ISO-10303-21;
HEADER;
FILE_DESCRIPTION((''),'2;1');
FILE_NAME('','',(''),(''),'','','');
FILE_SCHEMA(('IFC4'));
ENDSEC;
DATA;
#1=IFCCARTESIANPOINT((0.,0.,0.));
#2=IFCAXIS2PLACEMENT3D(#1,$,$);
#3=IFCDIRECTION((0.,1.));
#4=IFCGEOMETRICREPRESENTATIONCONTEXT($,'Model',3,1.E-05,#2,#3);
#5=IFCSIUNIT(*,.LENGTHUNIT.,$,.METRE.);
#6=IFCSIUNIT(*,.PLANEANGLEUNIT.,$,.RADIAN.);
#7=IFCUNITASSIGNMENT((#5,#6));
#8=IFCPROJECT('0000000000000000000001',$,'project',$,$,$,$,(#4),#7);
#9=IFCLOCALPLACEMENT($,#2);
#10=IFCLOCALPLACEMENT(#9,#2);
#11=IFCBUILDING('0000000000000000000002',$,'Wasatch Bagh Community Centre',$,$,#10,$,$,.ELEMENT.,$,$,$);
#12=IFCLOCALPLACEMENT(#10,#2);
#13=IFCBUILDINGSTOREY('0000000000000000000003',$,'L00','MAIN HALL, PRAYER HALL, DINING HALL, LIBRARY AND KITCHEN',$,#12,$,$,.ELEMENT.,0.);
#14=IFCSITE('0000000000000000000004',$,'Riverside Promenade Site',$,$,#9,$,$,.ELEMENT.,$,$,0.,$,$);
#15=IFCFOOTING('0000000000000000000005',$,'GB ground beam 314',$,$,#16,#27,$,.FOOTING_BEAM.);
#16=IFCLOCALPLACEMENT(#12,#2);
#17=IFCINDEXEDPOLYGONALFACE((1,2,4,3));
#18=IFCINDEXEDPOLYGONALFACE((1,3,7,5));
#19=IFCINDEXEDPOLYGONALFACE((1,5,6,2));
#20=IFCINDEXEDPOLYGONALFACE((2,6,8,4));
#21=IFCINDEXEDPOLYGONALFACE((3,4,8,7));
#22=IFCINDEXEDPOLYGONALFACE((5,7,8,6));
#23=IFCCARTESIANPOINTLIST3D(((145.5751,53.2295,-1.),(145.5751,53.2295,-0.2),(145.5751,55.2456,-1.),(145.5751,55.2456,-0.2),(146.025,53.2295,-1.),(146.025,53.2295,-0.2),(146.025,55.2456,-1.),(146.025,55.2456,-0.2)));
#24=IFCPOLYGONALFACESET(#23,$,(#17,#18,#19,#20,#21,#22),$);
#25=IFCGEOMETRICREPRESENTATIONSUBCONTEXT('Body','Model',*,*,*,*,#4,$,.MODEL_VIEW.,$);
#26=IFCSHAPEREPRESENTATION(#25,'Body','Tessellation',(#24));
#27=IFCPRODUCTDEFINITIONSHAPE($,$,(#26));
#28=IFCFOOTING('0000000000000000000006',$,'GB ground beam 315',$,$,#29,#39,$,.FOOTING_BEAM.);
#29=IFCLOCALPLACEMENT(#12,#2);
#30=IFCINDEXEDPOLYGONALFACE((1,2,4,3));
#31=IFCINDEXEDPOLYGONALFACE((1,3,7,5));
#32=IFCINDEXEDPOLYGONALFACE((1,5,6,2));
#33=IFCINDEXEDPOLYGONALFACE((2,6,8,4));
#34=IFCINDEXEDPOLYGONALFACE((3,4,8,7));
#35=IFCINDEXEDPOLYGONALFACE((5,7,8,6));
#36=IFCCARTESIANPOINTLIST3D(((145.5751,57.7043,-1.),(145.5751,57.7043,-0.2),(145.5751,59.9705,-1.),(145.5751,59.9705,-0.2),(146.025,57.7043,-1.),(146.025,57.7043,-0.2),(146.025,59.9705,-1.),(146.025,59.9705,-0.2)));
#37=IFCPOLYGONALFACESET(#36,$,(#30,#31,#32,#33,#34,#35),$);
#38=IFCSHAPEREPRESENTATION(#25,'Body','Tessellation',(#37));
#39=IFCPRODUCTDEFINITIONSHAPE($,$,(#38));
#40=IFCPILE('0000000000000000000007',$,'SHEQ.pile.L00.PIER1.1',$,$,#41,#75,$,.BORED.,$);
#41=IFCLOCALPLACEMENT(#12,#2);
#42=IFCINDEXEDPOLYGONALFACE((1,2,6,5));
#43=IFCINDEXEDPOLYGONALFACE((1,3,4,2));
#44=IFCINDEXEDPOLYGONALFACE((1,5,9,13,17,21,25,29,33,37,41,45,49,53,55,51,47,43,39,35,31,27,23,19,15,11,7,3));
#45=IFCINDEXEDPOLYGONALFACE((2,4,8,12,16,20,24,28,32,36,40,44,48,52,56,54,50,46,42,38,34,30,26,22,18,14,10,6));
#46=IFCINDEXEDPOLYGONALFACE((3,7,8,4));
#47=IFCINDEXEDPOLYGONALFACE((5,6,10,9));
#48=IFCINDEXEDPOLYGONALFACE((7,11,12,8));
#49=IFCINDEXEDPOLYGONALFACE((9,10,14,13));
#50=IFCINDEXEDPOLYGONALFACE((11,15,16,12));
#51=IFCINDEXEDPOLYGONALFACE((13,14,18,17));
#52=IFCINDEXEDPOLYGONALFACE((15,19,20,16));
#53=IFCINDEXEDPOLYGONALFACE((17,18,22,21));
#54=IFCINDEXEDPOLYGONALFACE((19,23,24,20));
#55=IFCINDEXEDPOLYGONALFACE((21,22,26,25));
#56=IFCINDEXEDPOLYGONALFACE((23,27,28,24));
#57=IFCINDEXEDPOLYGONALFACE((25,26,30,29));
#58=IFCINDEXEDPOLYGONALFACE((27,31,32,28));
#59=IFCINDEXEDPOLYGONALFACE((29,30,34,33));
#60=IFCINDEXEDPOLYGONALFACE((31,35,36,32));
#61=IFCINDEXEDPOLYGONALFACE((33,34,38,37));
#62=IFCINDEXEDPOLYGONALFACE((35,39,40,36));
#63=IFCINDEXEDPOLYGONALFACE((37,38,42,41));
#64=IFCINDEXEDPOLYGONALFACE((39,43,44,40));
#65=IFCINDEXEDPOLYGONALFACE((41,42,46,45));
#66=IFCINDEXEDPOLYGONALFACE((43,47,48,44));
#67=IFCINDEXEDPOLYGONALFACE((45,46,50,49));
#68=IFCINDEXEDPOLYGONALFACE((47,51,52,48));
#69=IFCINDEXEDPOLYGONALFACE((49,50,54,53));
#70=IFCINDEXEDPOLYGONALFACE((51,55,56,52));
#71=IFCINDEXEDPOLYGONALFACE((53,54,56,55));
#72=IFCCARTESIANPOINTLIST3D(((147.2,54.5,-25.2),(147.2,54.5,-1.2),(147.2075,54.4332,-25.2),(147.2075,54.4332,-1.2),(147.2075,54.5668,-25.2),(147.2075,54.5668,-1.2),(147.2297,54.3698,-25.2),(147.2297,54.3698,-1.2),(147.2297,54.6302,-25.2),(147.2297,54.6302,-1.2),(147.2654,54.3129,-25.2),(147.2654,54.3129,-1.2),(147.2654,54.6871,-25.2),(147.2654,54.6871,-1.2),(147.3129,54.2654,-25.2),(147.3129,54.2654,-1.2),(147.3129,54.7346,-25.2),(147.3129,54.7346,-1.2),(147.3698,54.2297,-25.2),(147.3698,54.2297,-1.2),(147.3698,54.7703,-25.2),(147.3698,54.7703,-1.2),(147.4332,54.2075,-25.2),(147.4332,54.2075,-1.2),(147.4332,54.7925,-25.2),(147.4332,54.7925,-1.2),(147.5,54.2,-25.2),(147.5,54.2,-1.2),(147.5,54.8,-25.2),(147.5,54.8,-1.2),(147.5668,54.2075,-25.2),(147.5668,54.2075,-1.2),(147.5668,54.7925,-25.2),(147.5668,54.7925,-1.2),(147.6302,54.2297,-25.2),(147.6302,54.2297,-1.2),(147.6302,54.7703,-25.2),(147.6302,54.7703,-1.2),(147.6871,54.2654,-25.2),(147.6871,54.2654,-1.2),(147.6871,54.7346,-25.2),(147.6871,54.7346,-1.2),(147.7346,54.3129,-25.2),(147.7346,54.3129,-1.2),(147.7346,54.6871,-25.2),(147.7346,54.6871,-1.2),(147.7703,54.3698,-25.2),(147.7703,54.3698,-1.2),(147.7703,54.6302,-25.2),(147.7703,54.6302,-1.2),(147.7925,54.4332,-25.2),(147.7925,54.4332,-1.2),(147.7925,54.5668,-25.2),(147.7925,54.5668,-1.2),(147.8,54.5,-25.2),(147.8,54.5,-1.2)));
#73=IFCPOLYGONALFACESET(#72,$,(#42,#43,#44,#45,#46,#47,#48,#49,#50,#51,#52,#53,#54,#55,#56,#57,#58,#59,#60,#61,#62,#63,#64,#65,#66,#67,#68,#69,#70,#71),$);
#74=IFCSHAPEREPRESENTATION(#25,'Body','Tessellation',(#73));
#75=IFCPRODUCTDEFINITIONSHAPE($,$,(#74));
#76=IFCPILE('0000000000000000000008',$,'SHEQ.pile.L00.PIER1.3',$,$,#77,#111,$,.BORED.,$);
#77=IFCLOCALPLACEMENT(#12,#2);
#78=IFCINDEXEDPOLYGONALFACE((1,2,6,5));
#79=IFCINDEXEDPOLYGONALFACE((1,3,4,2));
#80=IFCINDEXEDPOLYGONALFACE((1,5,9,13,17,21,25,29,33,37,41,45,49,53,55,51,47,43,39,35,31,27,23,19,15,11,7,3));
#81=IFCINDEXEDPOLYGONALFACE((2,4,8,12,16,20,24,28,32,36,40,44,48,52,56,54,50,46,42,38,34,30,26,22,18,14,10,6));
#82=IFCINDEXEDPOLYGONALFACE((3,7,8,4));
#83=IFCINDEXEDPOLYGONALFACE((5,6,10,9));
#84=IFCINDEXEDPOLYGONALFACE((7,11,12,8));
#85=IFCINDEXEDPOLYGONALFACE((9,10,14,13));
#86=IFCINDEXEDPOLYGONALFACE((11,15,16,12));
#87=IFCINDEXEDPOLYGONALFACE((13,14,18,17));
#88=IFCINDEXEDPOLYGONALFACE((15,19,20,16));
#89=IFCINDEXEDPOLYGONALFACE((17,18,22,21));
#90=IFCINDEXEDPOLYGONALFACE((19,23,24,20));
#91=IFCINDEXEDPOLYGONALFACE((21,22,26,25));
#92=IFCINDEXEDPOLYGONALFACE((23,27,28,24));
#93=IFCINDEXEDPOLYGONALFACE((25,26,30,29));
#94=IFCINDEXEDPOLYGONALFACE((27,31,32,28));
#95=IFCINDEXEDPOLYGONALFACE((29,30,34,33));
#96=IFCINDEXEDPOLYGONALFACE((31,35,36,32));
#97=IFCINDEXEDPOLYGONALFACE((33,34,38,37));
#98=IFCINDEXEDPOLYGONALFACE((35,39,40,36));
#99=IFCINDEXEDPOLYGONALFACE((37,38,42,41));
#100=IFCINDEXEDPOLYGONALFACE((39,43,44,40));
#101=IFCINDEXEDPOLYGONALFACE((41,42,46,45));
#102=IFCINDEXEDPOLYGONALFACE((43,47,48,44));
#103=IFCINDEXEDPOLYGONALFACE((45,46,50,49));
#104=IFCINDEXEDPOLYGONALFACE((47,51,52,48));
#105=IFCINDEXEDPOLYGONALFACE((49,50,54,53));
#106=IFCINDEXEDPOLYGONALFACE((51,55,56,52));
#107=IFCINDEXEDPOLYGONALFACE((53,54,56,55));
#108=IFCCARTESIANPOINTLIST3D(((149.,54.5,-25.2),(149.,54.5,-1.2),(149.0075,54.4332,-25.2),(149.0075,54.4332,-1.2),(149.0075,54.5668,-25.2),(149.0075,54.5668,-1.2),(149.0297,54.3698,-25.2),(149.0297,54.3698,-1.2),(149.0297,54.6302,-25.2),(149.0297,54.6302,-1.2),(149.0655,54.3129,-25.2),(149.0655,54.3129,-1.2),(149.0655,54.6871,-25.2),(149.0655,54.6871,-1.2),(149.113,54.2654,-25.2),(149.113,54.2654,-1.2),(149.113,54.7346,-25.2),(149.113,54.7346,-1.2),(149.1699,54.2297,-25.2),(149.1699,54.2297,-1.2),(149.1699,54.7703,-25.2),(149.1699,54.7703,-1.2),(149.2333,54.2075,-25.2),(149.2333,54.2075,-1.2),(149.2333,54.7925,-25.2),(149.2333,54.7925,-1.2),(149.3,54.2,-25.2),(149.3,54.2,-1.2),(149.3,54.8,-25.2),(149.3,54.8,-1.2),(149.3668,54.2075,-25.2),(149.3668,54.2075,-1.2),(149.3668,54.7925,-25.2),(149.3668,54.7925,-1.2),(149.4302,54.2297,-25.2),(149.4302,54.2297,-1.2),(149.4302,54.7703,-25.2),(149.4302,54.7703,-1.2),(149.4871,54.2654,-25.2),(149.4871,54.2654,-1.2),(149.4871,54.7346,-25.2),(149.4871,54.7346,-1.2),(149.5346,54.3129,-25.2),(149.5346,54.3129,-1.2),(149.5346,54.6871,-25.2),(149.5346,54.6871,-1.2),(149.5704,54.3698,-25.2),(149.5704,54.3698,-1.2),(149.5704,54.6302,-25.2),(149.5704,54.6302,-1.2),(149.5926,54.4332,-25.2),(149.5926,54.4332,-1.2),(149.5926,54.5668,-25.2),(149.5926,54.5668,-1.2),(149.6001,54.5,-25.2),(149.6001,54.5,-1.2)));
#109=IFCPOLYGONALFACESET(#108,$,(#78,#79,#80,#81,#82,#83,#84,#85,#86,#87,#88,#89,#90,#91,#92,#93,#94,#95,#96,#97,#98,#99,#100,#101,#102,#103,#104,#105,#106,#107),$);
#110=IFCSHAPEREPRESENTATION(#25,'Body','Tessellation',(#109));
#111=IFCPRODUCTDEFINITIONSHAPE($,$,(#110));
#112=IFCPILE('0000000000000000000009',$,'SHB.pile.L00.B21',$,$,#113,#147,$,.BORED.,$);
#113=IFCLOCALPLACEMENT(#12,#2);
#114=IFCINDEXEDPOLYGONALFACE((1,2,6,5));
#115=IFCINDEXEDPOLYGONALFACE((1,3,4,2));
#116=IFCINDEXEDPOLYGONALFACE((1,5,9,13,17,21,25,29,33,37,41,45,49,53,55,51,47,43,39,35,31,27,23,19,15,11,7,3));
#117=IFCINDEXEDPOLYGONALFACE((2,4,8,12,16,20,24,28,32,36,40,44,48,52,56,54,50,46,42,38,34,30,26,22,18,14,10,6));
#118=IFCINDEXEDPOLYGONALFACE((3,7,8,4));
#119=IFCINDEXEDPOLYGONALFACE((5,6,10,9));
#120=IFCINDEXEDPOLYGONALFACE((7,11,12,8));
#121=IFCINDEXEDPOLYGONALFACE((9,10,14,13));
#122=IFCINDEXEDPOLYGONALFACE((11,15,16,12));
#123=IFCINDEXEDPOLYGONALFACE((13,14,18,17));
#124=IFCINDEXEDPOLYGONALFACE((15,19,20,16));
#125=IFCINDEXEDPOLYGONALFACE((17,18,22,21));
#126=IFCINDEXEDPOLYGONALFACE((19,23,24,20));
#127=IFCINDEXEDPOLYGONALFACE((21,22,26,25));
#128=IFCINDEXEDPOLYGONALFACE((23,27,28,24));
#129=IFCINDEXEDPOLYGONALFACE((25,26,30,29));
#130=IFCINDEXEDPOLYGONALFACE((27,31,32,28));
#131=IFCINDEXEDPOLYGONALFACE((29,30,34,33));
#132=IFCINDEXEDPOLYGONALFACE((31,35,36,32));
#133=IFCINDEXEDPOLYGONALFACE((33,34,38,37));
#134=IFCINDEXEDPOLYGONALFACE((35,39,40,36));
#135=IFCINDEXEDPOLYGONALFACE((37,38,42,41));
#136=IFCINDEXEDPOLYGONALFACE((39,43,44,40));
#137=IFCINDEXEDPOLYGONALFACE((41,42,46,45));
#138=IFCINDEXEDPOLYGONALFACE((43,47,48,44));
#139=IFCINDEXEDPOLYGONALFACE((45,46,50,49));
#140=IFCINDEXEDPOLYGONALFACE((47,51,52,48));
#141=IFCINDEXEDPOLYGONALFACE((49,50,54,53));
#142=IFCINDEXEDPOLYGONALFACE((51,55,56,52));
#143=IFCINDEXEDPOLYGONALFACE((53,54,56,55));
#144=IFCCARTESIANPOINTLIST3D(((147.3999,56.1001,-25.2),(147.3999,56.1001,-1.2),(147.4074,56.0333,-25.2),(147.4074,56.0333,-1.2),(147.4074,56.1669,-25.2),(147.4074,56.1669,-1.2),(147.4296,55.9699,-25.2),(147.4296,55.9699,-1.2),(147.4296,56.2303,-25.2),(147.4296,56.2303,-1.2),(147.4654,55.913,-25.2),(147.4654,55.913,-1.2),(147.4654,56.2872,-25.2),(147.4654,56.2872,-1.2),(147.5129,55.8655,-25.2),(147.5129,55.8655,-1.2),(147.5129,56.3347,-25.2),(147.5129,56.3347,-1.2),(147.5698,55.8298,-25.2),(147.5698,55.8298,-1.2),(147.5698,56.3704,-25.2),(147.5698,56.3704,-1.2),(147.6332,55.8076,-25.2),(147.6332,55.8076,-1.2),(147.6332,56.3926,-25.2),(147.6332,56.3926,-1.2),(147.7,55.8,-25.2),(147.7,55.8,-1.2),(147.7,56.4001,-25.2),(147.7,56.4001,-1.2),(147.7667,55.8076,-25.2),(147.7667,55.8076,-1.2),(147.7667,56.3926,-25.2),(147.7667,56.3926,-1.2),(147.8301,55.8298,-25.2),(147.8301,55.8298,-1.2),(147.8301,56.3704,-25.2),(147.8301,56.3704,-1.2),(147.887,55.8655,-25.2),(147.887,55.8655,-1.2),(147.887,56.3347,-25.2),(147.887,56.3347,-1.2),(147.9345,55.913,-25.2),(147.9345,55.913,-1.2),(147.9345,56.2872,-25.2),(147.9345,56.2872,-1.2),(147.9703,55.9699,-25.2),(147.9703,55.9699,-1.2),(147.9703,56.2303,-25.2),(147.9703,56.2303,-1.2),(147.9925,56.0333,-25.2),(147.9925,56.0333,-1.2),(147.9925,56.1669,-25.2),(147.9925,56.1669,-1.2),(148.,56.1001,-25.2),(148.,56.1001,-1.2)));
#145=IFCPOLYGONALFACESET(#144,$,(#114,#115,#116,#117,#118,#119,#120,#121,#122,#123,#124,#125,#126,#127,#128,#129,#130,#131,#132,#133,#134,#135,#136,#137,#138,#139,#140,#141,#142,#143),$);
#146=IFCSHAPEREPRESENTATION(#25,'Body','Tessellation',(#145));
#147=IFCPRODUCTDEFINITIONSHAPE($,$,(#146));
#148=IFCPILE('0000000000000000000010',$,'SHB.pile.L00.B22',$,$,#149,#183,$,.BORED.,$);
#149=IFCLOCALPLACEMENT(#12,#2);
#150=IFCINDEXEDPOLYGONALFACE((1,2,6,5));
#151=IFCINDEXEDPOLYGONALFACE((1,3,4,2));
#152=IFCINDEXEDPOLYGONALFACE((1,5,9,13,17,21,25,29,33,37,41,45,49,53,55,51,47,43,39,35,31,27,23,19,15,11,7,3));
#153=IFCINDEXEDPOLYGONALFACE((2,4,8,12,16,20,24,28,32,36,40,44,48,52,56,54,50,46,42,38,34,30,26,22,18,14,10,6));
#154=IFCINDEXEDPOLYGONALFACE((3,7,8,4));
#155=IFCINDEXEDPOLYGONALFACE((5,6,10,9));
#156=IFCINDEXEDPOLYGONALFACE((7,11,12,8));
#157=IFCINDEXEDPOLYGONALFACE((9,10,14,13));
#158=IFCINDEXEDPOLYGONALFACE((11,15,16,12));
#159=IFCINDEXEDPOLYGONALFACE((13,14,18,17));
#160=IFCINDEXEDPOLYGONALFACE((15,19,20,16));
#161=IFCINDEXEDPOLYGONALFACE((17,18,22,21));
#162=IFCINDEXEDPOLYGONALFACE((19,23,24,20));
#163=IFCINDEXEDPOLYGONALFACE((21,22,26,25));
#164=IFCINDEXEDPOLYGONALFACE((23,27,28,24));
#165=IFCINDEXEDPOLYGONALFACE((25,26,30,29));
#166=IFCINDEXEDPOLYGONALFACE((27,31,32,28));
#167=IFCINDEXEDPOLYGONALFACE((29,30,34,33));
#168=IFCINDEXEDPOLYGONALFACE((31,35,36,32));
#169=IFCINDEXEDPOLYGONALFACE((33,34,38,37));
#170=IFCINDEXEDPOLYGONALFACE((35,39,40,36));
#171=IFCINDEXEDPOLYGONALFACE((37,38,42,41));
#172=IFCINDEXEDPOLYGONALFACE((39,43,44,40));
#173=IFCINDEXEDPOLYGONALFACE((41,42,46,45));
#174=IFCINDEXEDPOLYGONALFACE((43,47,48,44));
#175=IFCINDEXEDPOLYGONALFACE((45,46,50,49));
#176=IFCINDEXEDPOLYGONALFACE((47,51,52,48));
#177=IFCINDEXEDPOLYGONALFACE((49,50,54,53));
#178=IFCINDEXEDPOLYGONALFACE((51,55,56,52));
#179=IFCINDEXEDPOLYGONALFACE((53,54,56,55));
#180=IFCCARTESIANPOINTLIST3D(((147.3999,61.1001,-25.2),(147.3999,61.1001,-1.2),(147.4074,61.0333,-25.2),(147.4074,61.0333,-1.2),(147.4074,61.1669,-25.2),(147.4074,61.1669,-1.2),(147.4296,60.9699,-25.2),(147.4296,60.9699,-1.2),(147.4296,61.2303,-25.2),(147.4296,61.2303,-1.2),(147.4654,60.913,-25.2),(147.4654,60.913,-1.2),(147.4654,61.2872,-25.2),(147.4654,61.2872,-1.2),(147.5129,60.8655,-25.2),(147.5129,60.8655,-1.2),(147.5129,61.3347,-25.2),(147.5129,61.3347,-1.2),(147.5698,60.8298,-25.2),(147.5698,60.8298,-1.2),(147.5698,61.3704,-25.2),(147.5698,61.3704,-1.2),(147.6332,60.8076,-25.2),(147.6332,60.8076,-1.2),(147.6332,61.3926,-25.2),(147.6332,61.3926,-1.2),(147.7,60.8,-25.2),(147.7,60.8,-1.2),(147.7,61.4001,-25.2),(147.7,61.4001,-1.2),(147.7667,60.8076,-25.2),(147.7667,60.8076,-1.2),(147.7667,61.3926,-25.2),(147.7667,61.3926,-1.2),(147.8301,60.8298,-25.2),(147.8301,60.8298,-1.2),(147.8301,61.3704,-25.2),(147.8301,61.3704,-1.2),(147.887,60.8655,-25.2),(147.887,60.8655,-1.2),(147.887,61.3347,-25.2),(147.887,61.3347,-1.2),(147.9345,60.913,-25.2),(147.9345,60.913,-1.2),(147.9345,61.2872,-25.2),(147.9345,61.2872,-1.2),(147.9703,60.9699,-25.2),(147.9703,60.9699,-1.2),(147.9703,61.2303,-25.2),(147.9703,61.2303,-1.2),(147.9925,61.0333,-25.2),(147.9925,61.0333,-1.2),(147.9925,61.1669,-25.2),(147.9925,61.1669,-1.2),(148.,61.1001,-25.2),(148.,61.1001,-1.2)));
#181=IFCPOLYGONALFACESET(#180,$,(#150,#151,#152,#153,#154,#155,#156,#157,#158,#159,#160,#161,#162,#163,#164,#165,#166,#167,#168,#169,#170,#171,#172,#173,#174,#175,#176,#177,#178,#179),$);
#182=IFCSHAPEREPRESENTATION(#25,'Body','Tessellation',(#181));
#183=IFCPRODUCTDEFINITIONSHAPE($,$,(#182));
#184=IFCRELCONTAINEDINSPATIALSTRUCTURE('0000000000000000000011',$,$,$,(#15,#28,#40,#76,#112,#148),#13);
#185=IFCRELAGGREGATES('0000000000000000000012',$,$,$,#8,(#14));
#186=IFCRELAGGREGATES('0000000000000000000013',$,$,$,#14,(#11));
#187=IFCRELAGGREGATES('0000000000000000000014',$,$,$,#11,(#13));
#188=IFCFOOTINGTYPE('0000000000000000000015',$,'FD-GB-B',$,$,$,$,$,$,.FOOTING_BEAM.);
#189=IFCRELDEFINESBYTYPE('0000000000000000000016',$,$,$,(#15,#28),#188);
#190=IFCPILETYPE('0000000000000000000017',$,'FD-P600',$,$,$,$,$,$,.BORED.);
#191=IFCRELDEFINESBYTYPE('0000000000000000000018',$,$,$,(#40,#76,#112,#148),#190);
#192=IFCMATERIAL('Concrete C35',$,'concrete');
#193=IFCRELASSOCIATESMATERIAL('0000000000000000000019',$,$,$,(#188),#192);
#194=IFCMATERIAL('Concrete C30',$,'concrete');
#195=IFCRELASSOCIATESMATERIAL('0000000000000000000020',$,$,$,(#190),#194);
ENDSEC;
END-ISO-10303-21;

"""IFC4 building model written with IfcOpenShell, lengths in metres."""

from ifc_helpers import new_model, si_unit, direction, frame, origin, origin_2d, place, context, subcontext, project, spatial, rectangle, circle, extrude, material, material_profile, profile_set, type_object, element, save


model = new_model("IFC4")

# Units and contexts
model_context = context("Model", 3, precision=1e-05, world=origin(), true_north=direction((0.0, 1.0)))
body_context = subcontext(model_context, "Body", "Model", "MODEL_VIEW")
ifc_project = project(units=[si_unit("LENGTHUNIT", "METRE"), si_unit("PLANEANGLEUNIT", "RADIAN")], contexts=[model_context])

# Site, building, storey
site_placement = place(None, origin())
site = spatial("IfcSite", under=ifc_project, at=site_placement, Name="Riverside Promenade Site", CompositionType="ELEMENT", RefElevation=0.0)
building_placement = place(site_placement, origin())
building = spatial("IfcBuilding", under=site, at=building_placement, Name="Wasatch Bagh Community Centre", CompositionType="ELEMENT")
storey_placement = place(building_placement, origin())
storey = spatial("IfcBuildingStorey", under=building, at=storey_placement, Name="L00", Description="MAIN HALL, PRAYER HALL, DINING HALL, LIBRARY AND KITCHEN", CompositionType="ELEMENT", Elevation=0.0)

# Footings
ifc_material_1 = material(Name="Concrete C35", Category="concrete")
footing_type_1 = type_object("IfcFootingType", Name="FD-GB-B", PredefinedType="FOOTING_BEAM", material=ifc_material_1)
footing_1_placement = place(storey_placement, frame((145.8, 54.2375, -1.0), z_axis=(0.0, 0.0, 1.0), x_axis=(0.0, 1.0, 0.0)))
element("IfcFooting", 1, at=footing_1_placement, inside=storey, type_object=footing_type_1, Name="GB ground beam 314", PredefinedType="FOOTING_BEAM", context=body_context, shape_type="SweptSolid", body=[
    extrude(rectangle(XDim=2.0161, YDim=0.45, at=origin_2d()), origin(), (0.0, 0.0, 1.0), 0.8),
])
footing_2_placement = place(storey_placement, frame((145.8, 58.8374, -1.0), z_axis=(0.0, 0.0, 1.0), x_axis=(0.0, 1.0, 0.0)))
element("IfcFooting", 2, at=footing_2_placement, inside=storey, type_object=footing_type_1, Name="GB ground beam 315", PredefinedType="FOOTING_BEAM", context=body_context, shape_type="SweptSolid", body=[
    extrude(rectangle(XDim=2.2661, YDim=0.45, at=origin_2d()), origin(), (0.0, 0.0, 1.0), 0.8),
])

# Piles
ifc_material_2 = material(Name="Concrete C30", Category="concrete")
ifc_material_profile_1 = material_profile(ifc_material_2, circle(Radius=0.3, at=origin_2d()), Name="RC D600")
ifc_profile_set_1 = profile_set([ifc_material_profile_1], Name="Concrete C30")
pile_type = type_object("IfcPileType", Name="FD-P600", PredefinedType="BORED", material=ifc_profile_set_1)
for number, where, z_axis, x_axis, name in (
    (3, (147.5, 54.5, -1.2), (0.0, 0.0, -1.0), (1.0, 0.0, 0.0), "SHEQ.pile.L00.PIER1.1"),
    (4, (149.3, 54.5, -1.2), (0.0, 0.0, -1.0), (1.0, 0.0, 0.0), "SHEQ.pile.L00.PIER1.3"),
    (5, (147.7, 56.1001, -1.2), (0.0, 0.0, -1.0), (1.0, 0.0, 0.0), "SHB.pile.L00.B21"),
    (6, (147.7, 61.1001, -1.2), (0.0, 0.0, -1.0), (1.0, 0.0, 0.0), "SHB.pile.L00.B22"),
):
    element("IfcPile", number, at=place(storey_placement, frame(where, z_axis=z_axis, x_axis=x_axis)), inside=storey, type_object=pile_type, Name=name, PredefinedType="BORED", context=body_context, shape_type="SweptSolid", body=[
        extrude(circle(Radius=0.3, at=origin_2d()), origin(), (0.0, 0.0, 1.0), 24.0),
    ])

save(model, "model.ifc")
